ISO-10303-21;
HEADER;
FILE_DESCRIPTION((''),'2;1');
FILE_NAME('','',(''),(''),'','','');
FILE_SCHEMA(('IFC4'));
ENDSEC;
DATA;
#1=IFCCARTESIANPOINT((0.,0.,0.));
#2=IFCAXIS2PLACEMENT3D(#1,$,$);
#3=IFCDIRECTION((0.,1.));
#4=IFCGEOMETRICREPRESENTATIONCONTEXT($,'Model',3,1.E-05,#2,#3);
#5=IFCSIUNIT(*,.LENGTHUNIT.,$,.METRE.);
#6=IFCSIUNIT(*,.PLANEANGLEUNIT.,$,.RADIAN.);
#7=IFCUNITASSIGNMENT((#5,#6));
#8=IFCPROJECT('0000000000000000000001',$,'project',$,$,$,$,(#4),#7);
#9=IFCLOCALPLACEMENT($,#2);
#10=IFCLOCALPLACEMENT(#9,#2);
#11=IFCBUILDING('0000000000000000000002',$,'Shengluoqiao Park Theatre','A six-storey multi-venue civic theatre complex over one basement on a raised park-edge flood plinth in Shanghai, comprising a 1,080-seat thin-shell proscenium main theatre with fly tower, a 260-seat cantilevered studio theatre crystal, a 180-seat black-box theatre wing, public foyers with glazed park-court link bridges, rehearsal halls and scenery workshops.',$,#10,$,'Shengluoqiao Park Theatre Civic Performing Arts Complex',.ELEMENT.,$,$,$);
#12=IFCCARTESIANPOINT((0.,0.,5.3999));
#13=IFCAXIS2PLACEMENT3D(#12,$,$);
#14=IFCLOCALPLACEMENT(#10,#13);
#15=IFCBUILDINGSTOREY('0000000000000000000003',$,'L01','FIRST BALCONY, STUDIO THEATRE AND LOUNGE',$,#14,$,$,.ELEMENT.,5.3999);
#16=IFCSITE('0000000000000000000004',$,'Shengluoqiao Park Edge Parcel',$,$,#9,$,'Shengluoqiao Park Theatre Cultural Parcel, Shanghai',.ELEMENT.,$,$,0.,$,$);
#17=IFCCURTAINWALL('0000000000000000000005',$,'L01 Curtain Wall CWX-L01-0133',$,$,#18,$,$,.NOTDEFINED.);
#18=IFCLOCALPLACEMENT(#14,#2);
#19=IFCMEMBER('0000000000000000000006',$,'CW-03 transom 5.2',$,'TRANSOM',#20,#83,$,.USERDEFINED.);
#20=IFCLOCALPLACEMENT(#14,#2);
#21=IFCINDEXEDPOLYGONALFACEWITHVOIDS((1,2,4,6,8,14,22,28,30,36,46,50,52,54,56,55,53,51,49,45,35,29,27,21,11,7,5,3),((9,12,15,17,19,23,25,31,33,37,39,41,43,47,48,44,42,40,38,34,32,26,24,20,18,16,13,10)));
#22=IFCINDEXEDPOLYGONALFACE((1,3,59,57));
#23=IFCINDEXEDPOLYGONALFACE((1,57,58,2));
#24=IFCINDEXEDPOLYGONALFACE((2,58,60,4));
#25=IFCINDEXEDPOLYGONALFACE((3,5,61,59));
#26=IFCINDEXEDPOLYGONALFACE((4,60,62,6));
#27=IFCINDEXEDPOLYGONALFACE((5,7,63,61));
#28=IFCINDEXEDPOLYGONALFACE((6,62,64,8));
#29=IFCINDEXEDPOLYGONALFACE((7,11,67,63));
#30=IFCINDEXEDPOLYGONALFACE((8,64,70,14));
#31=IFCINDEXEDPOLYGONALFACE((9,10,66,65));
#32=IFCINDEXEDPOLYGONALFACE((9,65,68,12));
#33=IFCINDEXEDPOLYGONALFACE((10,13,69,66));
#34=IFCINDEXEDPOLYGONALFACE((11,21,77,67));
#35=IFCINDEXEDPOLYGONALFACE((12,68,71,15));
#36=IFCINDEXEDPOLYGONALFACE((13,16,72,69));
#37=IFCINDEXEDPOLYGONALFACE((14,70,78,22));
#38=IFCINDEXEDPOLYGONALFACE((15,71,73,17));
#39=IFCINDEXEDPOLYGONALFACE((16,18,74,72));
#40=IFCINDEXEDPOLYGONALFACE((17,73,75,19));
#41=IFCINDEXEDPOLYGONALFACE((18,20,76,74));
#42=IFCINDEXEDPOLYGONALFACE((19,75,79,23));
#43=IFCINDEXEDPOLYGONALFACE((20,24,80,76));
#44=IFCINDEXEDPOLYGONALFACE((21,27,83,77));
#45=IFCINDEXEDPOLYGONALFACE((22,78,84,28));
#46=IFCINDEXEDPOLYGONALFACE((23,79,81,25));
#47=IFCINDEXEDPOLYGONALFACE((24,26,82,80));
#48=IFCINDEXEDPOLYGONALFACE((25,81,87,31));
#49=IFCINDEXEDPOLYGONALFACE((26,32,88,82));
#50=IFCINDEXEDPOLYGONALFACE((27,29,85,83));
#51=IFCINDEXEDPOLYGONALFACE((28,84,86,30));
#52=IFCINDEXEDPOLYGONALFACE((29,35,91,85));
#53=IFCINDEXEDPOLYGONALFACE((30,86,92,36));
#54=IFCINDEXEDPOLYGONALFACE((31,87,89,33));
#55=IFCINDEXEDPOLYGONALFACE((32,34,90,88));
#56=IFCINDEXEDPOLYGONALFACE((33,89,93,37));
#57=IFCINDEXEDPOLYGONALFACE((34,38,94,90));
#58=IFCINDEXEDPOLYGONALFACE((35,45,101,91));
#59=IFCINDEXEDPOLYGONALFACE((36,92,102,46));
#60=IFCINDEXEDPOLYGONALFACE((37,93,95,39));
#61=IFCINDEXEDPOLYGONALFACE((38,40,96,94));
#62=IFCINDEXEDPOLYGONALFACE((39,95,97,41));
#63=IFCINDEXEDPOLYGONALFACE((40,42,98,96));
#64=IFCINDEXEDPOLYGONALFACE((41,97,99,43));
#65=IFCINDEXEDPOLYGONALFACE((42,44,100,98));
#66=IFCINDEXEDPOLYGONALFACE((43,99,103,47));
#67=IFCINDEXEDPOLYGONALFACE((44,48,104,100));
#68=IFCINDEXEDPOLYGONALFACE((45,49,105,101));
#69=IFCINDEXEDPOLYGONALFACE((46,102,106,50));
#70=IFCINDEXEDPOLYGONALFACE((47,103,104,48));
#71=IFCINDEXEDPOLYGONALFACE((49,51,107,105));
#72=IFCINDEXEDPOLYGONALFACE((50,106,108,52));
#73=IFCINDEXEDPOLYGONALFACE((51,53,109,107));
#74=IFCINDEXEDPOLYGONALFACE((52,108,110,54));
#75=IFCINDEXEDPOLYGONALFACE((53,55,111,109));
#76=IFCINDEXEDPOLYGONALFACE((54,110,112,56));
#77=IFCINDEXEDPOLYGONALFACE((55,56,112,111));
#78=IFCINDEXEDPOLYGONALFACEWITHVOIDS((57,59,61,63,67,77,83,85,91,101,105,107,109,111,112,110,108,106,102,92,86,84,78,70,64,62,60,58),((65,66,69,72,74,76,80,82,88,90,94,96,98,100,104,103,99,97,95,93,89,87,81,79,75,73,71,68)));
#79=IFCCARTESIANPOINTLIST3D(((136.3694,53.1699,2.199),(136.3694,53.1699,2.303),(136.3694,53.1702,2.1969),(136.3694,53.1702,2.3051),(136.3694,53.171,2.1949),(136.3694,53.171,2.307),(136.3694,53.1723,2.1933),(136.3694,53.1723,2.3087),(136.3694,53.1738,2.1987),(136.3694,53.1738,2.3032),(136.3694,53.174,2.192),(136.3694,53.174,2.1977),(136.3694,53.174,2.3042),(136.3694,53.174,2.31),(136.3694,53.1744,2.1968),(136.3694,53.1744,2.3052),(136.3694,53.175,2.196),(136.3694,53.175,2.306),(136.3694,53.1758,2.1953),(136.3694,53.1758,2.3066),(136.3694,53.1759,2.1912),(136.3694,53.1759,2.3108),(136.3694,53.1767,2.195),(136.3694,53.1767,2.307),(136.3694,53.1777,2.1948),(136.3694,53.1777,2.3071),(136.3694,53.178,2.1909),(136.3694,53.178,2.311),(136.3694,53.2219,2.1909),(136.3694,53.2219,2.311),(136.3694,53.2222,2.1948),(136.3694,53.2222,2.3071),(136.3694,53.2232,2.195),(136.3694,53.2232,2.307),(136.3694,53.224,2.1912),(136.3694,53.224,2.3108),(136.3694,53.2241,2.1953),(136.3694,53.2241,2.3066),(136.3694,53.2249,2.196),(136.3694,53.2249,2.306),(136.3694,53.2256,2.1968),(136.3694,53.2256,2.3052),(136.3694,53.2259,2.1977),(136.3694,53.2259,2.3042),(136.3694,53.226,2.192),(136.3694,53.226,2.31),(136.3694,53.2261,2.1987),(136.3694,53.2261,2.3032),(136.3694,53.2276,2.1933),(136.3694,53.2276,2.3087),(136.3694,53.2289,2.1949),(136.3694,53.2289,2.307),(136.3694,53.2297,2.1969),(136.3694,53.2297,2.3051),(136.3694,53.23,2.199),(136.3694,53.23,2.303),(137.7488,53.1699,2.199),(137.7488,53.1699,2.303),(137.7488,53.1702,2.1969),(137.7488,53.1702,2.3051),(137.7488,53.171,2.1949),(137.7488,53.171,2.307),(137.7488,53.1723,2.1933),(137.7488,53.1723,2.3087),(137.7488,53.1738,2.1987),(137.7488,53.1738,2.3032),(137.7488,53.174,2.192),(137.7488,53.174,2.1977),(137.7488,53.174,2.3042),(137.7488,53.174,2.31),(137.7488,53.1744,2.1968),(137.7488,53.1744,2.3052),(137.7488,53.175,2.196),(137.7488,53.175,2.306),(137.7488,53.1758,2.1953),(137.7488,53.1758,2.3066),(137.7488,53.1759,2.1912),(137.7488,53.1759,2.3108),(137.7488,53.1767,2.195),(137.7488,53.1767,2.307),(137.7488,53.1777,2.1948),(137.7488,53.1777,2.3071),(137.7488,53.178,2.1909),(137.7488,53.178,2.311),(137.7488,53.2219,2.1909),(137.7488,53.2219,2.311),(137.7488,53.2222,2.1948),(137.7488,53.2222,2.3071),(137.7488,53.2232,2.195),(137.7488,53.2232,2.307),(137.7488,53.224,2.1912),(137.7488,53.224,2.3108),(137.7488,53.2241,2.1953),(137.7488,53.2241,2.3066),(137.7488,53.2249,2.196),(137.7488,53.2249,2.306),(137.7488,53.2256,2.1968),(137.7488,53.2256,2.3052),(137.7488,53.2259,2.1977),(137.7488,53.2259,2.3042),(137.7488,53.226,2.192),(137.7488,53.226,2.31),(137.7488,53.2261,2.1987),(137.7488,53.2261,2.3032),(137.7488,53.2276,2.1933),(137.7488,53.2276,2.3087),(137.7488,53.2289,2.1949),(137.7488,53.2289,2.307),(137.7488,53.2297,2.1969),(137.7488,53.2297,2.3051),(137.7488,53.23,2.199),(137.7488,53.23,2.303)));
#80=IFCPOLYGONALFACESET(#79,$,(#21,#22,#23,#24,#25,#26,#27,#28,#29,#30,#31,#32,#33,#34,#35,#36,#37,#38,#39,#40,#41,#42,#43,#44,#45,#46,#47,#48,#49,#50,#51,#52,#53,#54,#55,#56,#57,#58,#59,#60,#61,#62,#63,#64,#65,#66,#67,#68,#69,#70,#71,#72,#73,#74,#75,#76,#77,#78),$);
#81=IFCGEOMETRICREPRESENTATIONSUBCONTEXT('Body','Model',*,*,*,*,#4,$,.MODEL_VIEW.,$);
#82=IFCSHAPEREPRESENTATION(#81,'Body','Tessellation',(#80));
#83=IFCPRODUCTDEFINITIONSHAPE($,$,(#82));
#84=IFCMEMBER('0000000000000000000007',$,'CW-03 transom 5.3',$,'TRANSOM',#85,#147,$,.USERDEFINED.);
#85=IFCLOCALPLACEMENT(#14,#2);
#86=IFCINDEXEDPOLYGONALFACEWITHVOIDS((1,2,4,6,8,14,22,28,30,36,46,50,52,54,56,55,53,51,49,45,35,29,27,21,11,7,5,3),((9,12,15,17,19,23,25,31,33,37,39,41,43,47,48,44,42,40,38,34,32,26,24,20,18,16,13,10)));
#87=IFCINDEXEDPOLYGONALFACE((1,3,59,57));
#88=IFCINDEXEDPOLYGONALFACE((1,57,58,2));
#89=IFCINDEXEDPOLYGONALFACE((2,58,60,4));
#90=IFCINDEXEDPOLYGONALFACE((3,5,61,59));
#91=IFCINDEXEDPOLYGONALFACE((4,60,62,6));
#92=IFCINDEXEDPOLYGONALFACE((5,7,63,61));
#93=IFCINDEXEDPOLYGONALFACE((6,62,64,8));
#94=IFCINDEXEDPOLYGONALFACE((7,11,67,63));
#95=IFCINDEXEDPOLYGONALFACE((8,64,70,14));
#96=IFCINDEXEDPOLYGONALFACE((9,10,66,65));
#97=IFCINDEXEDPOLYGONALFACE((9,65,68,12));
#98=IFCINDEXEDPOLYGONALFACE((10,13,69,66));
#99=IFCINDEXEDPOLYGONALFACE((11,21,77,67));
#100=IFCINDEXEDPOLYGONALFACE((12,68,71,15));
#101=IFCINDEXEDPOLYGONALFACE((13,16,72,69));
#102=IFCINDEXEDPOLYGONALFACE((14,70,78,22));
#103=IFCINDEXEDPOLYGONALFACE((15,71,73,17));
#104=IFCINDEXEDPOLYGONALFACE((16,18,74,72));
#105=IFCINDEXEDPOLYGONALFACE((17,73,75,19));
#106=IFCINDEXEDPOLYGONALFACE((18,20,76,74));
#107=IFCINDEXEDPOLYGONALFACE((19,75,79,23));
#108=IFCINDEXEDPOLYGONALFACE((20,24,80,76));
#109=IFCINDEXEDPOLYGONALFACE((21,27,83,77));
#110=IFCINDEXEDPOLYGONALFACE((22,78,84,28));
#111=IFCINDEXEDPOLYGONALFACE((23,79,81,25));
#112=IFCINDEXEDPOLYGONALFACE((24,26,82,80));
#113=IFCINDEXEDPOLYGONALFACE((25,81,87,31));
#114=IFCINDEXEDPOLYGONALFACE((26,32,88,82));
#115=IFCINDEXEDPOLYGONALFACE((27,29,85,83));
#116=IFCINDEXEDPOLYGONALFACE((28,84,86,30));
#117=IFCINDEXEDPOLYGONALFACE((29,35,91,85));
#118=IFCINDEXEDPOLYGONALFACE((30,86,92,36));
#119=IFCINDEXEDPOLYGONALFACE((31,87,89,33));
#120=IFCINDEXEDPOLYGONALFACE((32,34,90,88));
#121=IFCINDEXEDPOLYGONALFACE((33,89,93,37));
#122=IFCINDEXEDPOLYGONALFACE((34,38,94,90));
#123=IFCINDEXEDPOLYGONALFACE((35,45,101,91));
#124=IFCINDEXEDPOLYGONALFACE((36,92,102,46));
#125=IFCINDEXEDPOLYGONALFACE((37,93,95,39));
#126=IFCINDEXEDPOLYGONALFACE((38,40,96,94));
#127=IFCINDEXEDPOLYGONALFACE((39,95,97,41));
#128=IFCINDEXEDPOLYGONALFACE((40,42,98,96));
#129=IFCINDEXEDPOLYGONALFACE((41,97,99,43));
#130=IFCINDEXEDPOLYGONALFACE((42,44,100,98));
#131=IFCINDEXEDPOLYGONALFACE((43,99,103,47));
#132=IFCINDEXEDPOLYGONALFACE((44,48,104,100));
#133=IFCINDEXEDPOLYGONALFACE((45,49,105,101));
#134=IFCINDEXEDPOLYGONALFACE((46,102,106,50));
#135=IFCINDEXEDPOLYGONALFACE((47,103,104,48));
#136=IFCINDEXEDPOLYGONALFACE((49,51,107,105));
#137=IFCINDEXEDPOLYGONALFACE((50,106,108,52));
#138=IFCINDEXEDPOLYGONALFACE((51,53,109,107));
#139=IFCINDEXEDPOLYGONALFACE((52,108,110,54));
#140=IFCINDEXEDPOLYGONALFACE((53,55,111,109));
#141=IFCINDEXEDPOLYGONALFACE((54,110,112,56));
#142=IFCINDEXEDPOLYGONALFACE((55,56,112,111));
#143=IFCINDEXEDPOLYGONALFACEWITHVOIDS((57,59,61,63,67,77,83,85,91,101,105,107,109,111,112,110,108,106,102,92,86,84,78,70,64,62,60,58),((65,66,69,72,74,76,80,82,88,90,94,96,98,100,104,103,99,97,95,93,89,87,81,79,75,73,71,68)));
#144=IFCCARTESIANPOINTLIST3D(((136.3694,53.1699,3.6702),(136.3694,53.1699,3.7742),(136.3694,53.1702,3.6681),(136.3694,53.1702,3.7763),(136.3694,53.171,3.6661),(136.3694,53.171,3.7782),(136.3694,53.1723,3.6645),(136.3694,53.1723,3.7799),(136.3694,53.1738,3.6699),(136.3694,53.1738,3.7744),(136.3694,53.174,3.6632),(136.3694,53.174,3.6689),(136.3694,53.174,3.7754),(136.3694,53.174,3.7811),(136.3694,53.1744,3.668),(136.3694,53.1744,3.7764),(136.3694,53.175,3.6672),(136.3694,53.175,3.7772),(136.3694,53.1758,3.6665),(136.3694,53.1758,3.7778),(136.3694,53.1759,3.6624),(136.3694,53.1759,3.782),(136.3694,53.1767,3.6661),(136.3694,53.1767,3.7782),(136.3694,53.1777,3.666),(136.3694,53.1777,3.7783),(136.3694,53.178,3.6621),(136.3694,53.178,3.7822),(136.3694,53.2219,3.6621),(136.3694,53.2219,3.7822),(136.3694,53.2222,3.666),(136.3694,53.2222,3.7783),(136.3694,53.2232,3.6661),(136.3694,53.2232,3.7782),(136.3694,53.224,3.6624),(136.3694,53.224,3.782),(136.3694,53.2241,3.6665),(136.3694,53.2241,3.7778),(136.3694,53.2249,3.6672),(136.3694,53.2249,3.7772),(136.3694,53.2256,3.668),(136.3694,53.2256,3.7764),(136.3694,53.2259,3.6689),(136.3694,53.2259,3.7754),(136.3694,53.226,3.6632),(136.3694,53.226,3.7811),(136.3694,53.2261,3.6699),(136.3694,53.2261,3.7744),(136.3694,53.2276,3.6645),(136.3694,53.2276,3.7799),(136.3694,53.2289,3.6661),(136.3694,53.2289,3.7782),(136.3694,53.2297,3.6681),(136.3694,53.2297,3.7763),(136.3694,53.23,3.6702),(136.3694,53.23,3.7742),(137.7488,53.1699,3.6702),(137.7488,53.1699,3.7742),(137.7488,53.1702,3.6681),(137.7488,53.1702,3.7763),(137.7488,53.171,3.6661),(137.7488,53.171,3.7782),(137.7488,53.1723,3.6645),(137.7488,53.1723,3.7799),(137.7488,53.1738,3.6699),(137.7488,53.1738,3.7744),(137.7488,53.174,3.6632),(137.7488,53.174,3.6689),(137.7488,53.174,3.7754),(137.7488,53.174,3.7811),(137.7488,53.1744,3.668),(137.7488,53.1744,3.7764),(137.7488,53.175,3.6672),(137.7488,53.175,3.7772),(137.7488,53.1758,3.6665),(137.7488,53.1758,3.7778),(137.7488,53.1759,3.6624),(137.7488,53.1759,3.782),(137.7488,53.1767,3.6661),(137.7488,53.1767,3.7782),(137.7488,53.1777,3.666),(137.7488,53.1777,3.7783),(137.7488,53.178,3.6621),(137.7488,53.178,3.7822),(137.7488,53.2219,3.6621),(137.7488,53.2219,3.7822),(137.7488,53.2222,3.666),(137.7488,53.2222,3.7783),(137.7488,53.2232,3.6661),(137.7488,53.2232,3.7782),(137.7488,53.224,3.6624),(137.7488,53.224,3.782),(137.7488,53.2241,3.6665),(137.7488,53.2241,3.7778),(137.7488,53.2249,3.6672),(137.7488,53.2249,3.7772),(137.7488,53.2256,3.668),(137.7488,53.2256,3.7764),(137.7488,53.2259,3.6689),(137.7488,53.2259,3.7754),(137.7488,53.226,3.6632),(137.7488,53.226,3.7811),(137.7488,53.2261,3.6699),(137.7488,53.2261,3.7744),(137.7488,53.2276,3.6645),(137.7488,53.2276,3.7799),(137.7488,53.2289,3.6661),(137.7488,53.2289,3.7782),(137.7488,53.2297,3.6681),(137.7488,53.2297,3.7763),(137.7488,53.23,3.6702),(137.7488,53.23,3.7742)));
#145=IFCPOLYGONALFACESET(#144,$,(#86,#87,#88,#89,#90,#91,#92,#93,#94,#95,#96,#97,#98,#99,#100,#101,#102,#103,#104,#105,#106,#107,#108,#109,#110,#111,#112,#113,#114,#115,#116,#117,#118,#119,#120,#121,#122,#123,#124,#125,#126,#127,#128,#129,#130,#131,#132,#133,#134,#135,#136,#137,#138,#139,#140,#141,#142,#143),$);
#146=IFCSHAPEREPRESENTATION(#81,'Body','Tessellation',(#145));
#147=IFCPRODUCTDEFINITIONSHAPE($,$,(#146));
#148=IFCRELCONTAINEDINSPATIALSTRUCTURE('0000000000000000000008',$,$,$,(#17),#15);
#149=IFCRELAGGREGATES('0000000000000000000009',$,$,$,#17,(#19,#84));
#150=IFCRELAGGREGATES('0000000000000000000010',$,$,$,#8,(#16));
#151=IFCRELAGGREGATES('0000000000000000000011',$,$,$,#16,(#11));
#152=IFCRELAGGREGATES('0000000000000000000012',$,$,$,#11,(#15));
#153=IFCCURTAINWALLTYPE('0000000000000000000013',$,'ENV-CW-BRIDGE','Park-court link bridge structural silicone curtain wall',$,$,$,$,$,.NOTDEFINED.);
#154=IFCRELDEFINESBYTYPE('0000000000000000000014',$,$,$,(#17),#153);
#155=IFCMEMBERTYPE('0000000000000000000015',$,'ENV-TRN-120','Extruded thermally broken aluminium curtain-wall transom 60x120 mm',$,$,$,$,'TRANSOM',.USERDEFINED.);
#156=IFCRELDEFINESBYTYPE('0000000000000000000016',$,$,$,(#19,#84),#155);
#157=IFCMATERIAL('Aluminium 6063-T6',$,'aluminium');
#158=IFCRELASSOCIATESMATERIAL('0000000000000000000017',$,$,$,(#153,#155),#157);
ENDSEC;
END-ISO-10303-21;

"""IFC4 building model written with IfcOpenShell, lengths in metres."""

from ifc_helpers import new_model, si_unit, direction, frame, origin, origin_2d, place, context, subcontext, project, spatial, hollow_rectangle, extrude, material, material_profile, profile_set, type_object, element, aggregate, save


model = new_model("IFC4")

# Units and contexts
model_context = context("Model", 3, precision=1e-05, world=origin(), true_north=direction((0.0, 1.0)))
body_context = subcontext(model_context, "Body", "Model", "MODEL_VIEW")
ifc_project = project(units=[si_unit("LENGTHUNIT", "METRE"), si_unit("PLANEANGLEUNIT", "RADIAN")], contexts=[model_context])

# Site, building, storey
site_placement = place(None, origin())
site = spatial("IfcSite", under=ifc_project, at=site_placement, Name="Shengluoqiao Park Edge Parcel", LongName="Shengluoqiao Park Theatre Cultural Parcel, Shanghai", CompositionType="ELEMENT", RefElevation=0.0)
building_placement = place(site_placement, origin())
building = spatial("IfcBuilding", under=site, at=building_placement, Name="Shengluoqiao Park Theatre", Description="A six-storey multi-venue civic theatre complex over one basement on a raised park-edge flood plinth in Shanghai, comprising a 1,080-seat thin-shell proscenium main theatre with fly tower, a 260-seat cantilevered studio theatre crystal, a 180-seat black-box theatre wing, public foyers with glazed park-court link bridges, rehearsal halls and scenery workshops.", LongName="Shengluoqiao Park Theatre Civic Performing Arts Complex", CompositionType="ELEMENT")
storey_placement = place(building_placement, frame((0.0, 0.0, 5.3999)))
storey = spatial("IfcBuildingStorey", under=building, at=storey_placement, Name="L01", Description="FIRST BALCONY, STUDIO THEATRE AND LOUNGE", CompositionType="ELEMENT", Elevation=5.3999)

# Curtain wall
ifc_material_1 = material(Name="Aluminium 6063-T6", Category="aluminium")
curtain_wall_type = type_object("IfcCurtainWallType", Name="ENV-CW-BRIDGE", Description="Park-court link bridge structural silicone curtain wall", PredefinedType="NOTDEFINED", material=ifc_material_1)
curtain_wall_1_placement = place(storey_placement, origin())
curtain_wall_1 = element("IfcCurtainWall", 1, at=curtain_wall_1_placement, inside=storey, type_object=curtain_wall_type, Name="L01 Curtain Wall CWX-L01-0133", PredefinedType="NOTDEFINED")

# Members
ifc_material_profile_1 = material_profile(ifc_material_1, hollow_rectangle(XDim=0.0601, YDim=0.1201, WallThickness=0.0039, InnerFilletRadius=0.0039, OuterFilletRadius=0.0081, at=origin_2d()), Name="ALU TRANSOM 120x60x4")
ifc_profile_set_1 = profile_set([ifc_material_profile_1], Name="Aluminium 6063-T6")
member_type_1 = type_object("IfcMemberType", Name="ENV-TRN-120", Description="Extruded thermally broken aluminium curtain-wall transom 60x120 mm", ElementType="TRANSOM", PredefinedType="USERDEFINED", material=ifc_profile_set_1)
member_1_placement = place(storey_placement, frame((136.3694, 53.2, 2.251), z_axis=(1.0, 0.0, 0.0), x_axis=(0.0, 1.0, 0.0)))
member_1 = element("IfcMember", 2, at=member_1_placement, type_object=member_type_1, Name="CW-03 transom 5.2", ObjectType="TRANSOM", PredefinedType="USERDEFINED", context=body_context, shape_type="SweptSolid", body=[
    extrude(hollow_rectangle(XDim=0.0601, YDim=0.1201, WallThickness=0.0039, InnerFilletRadius=0.0039, OuterFilletRadius=0.0081, at=origin_2d()), origin(), (0.0, 0.0, 1.0), 1.3794),
])
member_2_placement = place(storey_placement, frame((136.3694, 53.2, 3.7222), z_axis=(1.0, 0.0, 0.0), x_axis=(0.0, 1.0, 0.0)))
member_2 = element("IfcMember", 3, at=member_2_placement, type_object=member_type_1, Name="CW-03 transom 5.3", ObjectType="TRANSOM", PredefinedType="USERDEFINED", context=body_context, shape_type="SweptSolid", body=[
    extrude(hollow_rectangle(XDim=0.0601, YDim=0.1201, WallThickness=0.0039, InnerFilletRadius=0.0039, OuterFilletRadius=0.0081, at=origin_2d()), origin(), (0.0, 0.0, 1.0), 1.3794),
])

aggregate(curtain_wall_1, [member_1, member_2])

save(model, "model.ifc")
